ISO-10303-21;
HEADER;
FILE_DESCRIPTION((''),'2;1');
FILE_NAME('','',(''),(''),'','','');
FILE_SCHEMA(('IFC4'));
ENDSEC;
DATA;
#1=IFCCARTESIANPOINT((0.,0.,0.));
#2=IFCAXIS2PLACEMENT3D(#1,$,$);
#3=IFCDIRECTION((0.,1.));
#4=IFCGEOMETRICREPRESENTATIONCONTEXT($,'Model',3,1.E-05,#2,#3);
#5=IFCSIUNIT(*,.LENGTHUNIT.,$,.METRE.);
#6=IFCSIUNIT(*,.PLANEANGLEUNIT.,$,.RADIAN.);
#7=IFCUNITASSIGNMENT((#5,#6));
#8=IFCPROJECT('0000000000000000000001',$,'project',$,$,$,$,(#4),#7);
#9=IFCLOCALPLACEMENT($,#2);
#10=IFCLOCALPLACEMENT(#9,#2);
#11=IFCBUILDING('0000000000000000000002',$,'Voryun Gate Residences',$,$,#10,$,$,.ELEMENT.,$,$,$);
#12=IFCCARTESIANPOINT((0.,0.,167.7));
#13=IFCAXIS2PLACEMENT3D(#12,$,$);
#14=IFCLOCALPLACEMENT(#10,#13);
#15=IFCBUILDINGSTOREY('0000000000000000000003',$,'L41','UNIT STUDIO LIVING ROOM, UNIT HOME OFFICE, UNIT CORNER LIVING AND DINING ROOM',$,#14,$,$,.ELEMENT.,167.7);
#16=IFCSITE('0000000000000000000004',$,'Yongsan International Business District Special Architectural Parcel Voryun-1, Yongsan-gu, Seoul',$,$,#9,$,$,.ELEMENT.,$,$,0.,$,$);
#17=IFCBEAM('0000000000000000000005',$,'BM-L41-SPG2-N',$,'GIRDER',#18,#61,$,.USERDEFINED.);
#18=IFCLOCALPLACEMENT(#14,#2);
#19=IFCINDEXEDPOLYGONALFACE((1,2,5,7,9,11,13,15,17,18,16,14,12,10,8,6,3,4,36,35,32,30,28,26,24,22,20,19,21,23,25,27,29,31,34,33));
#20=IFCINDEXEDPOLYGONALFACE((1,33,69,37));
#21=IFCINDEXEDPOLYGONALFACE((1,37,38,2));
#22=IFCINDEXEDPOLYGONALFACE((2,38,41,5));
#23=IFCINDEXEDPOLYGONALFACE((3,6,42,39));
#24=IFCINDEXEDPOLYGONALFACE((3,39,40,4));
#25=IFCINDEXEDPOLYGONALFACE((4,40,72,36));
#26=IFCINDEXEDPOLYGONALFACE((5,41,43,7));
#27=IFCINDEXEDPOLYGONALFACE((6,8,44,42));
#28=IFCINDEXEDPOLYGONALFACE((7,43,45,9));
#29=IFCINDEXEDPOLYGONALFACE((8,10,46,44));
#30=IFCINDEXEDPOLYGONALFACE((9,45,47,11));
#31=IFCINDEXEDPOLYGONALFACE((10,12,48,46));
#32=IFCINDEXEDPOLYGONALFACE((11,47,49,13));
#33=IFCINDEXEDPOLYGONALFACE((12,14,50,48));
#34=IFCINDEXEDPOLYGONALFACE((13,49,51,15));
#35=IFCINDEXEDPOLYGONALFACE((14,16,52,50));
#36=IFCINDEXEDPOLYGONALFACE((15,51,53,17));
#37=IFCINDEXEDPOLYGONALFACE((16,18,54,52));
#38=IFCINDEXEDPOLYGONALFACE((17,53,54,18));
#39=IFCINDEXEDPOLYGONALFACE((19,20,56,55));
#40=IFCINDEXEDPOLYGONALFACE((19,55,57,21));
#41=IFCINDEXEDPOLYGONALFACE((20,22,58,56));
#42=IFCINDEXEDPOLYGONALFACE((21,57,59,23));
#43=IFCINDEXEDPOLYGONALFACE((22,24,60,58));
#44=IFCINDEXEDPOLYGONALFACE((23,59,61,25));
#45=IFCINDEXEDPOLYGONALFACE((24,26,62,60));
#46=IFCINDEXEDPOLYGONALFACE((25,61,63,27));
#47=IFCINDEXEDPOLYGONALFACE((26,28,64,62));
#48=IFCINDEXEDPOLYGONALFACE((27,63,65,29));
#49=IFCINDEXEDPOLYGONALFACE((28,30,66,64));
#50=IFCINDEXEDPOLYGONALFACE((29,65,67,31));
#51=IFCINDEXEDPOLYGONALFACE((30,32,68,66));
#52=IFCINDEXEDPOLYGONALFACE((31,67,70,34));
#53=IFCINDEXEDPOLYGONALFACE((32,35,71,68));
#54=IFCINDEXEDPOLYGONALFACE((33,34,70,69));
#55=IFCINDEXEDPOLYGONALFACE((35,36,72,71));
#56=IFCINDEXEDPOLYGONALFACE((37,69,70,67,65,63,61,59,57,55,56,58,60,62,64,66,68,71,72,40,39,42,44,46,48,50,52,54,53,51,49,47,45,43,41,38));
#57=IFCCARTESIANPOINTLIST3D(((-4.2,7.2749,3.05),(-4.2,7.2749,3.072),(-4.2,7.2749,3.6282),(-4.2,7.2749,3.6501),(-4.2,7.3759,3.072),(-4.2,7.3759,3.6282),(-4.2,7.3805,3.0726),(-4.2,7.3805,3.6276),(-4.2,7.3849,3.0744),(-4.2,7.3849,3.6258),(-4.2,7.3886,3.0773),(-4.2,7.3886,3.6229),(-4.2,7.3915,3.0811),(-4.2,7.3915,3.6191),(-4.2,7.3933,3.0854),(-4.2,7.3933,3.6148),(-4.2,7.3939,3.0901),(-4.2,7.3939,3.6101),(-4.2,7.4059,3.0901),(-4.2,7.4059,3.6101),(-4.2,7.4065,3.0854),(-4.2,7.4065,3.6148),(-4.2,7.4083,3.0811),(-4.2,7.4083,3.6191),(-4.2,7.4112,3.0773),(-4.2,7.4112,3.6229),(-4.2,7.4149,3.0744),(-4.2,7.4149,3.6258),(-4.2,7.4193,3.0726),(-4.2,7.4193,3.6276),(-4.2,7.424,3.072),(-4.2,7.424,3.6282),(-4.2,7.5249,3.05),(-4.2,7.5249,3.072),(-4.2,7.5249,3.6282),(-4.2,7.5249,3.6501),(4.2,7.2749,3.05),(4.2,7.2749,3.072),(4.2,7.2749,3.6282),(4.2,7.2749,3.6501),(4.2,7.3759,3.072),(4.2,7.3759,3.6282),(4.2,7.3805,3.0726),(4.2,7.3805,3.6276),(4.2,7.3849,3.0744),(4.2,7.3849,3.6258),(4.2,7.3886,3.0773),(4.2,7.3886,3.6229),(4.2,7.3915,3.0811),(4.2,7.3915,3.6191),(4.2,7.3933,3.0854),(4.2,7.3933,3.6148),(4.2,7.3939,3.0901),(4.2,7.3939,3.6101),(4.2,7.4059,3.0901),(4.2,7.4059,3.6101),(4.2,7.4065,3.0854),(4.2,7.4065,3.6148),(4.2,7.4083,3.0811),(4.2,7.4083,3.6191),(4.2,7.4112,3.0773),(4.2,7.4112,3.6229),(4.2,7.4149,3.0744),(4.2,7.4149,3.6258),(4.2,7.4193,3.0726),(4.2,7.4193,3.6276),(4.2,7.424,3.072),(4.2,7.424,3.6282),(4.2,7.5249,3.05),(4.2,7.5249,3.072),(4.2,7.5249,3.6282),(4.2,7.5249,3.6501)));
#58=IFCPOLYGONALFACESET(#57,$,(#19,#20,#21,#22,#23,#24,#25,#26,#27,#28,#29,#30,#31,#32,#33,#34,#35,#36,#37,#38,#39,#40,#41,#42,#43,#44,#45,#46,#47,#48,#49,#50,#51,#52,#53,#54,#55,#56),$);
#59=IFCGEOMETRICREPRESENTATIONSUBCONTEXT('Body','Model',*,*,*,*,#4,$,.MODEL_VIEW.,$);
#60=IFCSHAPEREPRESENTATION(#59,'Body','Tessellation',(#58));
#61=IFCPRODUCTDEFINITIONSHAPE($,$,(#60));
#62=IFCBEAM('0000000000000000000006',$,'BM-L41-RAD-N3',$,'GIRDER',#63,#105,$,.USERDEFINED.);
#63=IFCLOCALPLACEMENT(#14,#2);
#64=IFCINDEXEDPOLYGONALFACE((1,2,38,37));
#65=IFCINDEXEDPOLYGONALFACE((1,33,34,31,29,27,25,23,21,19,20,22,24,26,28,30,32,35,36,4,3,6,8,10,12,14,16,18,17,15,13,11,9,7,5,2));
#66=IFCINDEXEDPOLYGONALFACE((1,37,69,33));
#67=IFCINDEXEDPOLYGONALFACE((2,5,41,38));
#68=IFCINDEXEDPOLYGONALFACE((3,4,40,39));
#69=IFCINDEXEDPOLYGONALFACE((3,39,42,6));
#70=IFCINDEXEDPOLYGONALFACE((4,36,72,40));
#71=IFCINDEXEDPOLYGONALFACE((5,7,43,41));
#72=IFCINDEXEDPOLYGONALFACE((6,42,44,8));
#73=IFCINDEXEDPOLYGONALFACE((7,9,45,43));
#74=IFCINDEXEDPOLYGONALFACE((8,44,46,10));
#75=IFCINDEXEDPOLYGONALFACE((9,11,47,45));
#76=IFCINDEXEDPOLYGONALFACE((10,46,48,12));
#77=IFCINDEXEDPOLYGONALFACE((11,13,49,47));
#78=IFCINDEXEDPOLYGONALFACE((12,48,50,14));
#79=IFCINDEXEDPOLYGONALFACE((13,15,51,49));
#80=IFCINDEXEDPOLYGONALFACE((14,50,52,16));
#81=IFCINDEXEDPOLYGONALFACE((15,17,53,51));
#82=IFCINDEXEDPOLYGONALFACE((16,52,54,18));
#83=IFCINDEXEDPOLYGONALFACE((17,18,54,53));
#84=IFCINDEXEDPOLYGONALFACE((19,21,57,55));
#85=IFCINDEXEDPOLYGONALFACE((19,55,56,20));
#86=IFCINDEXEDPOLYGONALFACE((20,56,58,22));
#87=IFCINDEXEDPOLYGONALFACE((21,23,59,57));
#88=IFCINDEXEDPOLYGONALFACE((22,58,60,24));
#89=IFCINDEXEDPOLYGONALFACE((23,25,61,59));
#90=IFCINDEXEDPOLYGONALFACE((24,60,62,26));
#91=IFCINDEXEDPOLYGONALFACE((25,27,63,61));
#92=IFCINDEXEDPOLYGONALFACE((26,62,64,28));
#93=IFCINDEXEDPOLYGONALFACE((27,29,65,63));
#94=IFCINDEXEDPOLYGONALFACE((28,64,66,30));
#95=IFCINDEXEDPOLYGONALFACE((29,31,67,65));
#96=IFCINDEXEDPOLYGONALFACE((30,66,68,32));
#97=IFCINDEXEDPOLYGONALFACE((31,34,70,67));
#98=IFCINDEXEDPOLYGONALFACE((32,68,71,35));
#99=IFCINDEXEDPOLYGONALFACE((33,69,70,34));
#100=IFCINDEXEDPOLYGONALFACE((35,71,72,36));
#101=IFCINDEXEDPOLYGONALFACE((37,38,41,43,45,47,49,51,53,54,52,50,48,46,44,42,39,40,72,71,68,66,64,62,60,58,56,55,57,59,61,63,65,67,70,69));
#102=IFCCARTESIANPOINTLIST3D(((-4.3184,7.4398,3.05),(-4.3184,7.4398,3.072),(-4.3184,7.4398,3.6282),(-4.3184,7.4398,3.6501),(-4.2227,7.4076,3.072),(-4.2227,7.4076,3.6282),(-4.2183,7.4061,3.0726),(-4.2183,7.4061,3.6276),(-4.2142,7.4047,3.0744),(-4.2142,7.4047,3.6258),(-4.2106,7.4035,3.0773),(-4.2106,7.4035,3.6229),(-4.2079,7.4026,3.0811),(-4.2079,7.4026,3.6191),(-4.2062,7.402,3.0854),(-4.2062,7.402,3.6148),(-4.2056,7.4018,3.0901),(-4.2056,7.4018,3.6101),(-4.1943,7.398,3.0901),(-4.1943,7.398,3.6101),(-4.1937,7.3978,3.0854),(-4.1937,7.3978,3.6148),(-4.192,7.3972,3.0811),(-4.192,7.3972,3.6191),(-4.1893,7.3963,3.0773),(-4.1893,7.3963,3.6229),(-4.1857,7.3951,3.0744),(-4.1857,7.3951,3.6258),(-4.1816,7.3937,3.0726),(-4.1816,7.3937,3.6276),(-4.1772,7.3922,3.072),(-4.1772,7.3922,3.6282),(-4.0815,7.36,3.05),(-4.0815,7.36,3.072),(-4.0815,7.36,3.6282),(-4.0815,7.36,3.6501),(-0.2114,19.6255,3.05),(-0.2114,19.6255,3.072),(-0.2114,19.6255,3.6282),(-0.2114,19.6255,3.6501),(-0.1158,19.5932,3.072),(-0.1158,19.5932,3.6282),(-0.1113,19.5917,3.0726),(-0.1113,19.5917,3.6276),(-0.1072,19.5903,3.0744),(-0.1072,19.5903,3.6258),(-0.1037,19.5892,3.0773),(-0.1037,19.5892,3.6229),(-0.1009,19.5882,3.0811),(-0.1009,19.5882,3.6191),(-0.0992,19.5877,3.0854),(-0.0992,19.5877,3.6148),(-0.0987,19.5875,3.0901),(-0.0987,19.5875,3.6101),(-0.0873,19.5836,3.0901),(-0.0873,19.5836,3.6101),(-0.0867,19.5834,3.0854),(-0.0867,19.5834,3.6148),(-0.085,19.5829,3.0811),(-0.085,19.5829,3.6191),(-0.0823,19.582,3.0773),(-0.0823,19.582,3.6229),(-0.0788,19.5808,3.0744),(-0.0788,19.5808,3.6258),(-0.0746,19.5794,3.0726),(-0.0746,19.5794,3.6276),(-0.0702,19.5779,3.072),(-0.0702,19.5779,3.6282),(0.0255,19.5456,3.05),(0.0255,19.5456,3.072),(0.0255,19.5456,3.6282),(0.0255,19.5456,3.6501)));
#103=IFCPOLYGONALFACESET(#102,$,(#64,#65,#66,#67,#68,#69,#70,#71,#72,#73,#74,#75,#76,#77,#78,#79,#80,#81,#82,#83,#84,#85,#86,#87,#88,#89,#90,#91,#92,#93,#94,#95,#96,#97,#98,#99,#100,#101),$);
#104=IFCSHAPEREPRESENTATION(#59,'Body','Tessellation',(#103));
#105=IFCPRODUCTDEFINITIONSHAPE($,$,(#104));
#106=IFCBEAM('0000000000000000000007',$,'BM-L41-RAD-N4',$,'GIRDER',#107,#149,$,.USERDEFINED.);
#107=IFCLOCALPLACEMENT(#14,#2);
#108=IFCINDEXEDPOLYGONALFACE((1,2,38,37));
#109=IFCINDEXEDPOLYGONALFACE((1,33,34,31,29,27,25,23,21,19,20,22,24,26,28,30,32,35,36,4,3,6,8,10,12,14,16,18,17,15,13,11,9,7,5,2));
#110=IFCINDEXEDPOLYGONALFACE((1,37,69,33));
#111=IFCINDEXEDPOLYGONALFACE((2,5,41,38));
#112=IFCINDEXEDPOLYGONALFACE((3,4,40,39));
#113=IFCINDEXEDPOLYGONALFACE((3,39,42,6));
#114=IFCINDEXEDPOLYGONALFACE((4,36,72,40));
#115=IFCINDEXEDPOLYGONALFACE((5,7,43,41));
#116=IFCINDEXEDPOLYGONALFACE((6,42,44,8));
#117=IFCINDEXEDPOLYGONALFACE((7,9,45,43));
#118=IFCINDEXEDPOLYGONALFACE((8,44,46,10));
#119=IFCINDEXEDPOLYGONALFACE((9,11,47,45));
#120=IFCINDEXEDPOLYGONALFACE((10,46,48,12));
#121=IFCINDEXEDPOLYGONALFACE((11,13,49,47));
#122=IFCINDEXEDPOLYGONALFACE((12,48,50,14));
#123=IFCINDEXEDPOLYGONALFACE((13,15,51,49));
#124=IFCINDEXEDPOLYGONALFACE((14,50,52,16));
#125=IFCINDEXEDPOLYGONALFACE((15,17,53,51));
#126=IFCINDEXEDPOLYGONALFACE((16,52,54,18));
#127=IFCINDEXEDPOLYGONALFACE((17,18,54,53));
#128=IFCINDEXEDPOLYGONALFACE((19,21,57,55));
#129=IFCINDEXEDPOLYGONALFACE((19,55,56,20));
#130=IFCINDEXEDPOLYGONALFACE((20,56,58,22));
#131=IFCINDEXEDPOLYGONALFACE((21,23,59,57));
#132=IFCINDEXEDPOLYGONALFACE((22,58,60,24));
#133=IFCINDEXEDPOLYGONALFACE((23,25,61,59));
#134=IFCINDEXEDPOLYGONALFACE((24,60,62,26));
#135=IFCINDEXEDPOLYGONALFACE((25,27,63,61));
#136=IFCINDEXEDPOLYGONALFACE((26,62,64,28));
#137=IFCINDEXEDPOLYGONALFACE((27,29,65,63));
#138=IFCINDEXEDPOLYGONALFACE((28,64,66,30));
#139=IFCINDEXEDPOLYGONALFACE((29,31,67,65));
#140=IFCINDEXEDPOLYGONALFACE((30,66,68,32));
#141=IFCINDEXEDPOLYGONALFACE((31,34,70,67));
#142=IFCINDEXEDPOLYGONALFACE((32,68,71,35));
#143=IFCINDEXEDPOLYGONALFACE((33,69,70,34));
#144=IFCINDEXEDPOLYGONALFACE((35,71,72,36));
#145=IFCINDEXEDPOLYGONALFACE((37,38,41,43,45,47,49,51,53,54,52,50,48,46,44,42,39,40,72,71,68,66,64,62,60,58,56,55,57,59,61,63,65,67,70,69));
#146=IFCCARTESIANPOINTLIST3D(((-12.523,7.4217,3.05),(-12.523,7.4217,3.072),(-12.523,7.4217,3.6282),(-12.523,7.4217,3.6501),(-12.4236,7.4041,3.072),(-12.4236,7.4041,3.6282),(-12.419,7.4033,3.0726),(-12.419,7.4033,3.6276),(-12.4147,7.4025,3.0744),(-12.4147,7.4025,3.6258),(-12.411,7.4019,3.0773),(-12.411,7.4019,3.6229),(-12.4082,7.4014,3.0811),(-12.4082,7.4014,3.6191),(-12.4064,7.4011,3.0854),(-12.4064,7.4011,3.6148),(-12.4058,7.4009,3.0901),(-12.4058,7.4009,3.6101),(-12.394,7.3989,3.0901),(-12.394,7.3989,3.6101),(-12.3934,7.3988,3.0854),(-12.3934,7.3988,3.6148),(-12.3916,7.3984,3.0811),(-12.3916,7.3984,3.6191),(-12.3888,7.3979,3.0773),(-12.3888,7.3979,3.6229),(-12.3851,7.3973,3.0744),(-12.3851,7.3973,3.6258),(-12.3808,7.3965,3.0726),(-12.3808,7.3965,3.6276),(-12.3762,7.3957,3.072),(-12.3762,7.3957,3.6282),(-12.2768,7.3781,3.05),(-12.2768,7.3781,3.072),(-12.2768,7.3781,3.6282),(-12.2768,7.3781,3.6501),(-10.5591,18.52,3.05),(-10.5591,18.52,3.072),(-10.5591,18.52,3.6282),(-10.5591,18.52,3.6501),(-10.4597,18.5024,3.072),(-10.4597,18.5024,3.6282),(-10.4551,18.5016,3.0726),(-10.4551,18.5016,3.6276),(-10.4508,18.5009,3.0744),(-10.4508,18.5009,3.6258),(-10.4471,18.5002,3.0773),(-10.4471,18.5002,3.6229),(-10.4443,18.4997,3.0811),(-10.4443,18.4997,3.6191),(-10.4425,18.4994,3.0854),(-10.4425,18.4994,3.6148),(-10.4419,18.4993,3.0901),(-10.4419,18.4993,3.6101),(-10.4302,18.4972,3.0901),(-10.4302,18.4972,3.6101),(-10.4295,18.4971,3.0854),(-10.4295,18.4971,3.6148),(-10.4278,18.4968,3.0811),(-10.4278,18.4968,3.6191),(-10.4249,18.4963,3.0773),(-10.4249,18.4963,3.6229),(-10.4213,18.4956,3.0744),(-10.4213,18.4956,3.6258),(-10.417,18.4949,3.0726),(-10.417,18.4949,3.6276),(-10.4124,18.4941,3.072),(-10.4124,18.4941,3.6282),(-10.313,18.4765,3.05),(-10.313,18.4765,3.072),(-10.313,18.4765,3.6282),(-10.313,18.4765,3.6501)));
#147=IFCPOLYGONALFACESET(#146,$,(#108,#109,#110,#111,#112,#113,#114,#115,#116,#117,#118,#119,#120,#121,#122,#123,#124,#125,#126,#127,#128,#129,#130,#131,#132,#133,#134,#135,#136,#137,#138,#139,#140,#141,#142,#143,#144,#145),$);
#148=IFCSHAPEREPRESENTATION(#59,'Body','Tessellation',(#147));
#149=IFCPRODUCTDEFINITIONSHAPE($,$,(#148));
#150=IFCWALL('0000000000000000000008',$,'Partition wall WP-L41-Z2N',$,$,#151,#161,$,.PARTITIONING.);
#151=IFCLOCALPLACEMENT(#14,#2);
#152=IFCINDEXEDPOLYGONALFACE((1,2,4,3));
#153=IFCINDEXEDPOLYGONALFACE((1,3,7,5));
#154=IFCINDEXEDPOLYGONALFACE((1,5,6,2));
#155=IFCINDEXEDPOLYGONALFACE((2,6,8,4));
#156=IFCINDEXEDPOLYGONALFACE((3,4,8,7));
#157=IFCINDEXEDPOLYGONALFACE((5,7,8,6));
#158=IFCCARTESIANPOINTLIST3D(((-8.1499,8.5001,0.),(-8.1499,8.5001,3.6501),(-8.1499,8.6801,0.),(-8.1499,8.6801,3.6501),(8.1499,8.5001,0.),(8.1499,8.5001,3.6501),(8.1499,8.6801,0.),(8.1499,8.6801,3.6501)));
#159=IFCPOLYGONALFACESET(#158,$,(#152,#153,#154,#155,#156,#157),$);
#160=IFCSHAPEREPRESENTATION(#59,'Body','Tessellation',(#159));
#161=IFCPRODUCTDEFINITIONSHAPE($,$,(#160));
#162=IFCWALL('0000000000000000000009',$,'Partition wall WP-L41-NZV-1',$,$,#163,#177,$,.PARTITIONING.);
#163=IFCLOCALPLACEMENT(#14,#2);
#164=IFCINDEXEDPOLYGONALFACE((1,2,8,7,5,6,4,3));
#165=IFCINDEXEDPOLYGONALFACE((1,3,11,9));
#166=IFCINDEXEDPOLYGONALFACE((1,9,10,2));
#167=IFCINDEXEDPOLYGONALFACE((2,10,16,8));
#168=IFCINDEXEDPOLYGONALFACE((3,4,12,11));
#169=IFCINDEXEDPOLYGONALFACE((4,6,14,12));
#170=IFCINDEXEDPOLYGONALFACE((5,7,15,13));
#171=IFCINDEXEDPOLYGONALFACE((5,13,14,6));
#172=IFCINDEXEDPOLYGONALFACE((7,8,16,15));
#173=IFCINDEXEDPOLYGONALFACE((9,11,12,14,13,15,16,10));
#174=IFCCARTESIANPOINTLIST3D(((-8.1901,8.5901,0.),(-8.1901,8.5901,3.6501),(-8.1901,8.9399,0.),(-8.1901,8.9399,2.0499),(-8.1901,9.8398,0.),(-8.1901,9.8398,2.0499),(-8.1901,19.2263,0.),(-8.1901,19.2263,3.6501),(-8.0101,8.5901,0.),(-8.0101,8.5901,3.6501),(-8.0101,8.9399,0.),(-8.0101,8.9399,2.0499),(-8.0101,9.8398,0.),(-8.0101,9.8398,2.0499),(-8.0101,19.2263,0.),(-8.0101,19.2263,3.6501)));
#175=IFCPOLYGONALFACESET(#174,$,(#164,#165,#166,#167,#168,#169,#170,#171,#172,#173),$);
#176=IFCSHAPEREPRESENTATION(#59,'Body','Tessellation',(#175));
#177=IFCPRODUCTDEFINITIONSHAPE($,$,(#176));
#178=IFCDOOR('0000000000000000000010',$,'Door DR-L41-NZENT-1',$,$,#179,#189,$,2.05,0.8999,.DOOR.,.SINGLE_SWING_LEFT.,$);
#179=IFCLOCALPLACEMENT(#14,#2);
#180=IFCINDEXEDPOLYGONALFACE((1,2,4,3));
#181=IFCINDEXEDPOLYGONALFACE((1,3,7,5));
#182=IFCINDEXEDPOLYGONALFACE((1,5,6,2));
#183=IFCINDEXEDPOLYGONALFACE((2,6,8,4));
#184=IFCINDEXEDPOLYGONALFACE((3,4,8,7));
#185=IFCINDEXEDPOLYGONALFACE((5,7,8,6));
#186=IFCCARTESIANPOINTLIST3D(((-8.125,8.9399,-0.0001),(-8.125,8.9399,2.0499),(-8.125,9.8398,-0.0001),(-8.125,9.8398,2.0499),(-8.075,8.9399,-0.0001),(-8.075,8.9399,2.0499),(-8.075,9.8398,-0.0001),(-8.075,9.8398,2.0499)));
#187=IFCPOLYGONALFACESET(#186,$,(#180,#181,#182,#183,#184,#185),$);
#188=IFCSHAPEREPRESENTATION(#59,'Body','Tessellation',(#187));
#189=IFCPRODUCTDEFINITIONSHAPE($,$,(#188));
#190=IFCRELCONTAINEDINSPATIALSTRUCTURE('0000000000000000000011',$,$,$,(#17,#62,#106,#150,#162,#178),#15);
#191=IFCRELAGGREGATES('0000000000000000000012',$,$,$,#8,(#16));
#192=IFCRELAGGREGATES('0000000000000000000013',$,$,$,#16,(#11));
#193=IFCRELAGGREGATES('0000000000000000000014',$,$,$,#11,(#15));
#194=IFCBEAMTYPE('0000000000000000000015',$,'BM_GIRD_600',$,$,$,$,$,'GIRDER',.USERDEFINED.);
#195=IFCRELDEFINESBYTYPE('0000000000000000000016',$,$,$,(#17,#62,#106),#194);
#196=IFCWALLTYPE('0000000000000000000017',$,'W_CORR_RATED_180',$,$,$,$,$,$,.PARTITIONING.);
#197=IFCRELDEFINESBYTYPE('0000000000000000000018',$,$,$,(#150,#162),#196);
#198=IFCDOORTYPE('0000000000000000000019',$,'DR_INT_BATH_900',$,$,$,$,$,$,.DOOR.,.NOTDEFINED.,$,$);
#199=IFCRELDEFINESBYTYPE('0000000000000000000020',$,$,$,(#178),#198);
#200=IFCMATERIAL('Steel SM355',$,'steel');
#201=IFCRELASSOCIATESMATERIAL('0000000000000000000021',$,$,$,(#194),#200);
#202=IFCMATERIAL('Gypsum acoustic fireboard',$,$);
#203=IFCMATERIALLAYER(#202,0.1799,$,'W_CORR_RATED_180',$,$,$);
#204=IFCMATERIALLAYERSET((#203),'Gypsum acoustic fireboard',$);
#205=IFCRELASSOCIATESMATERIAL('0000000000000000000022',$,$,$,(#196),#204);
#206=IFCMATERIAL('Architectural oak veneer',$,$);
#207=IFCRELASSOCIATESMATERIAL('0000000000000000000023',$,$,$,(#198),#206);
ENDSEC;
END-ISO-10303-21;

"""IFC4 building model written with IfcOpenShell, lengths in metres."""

from ifc_helpers import new_model, si_unit, direction, frame, frame_2d, origin, origin_2d, place, context, subcontext, project, spatial, rectangle, i_section, extrude, material, layer, layer_set, material_profile, profile_set, type_object, element, fill, save


model = new_model("IFC4")

# Units and contexts
model_context = context("Model", 3, precision=1e-05, world=origin(), true_north=direction((0.0, 1.0)))
body_context = subcontext(model_context, "Body", "Model", "MODEL_VIEW")
ifc_project = project(units=[si_unit("LENGTHUNIT", "METRE"), si_unit("PLANEANGLEUNIT", "RADIAN")], contexts=[model_context])

# Site, building, storey
site_placement = place(None, origin())
site = spatial("IfcSite", under=ifc_project, at=site_placement, Name="Yongsan International Business District Special Architectural Parcel Voryun-1, Yongsan-gu, Seoul", CompositionType="ELEMENT", RefElevation=0.0)
building_placement = place(site_placement, origin())
building = spatial("IfcBuilding", under=site, at=building_placement, Name="Voryun Gate Residences", CompositionType="ELEMENT")
storey_placement = place(building_placement, frame((0.0, 0.0, 167.7)))
storey = spatial("IfcBuildingStorey", under=building, at=storey_placement, Name="L41", Description="UNIT STUDIO LIVING ROOM, UNIT HOME OFFICE, UNIT CORNER LIVING AND DINING ROOM", CompositionType="ELEMENT", Elevation=167.7)

# Beams
ifc_material_1 = material(Name="Steel SM355", Category="steel")
ifc_material_profile_1 = material_profile(ifc_material_1, i_section(OverallWidth=0.25, OverallDepth=0.6001, WebThickness=0.012, FlangeThickness=0.022, FilletRadius=0.0181, at=origin_2d()), Name="H-600x250x12x22")
ifc_profile_set_1 = profile_set([ifc_material_profile_1], Name="Steel SM355")
beam_type_1 = type_object("IfcBeamType", Name="BM_GIRD_600", ElementType="GIRDER", PredefinedType="USERDEFINED", material=ifc_profile_set_1)
beam_1_placement = place(storey_placement, frame((-4.2, 7.3999, 3.3501), z_axis=(1.0, 0.0, 0.0), x_axis=(0.0, 1.0, 0.0)))
element("IfcBeam", 1, at=beam_1_placement, inside=storey, type_object=beam_type_1, Name="BM-L41-SPG2-N", ObjectType="GIRDER", PredefinedType="USERDEFINED", context=body_context, shape_type="SweptSolid", body=[
    extrude(i_section(OverallWidth=0.25, OverallDepth=0.6001, WebThickness=0.012, FlangeThickness=0.022, FilletRadius=0.0181, at=origin_2d()), origin(), (0.0, 0.0, 1.0), 8.3999),
])
beam_2_placement = place(storey_placement, frame((-4.2, 7.3999, 3.3501), z_axis=(0.319381, 0.947626, 0.0), x_axis=(-0.947626, 0.319381, 0.0)))
element("IfcBeam", 2, at=beam_2_placement, inside=storey, type_object=beam_type_1, Name="BM-L41-RAD-N3", ObjectType="GIRDER", PredefinedType="USERDEFINED", context=body_context, shape_type="SweptSolid", body=[
    extrude(i_section(OverallWidth=0.25, OverallDepth=0.6001, WebThickness=0.012, FlangeThickness=0.022, FilletRadius=0.0181, at=origin_2d()), origin(), (0.0, 0.0, 1.0), 12.8591),
])
beam_3_placement = place(storey_placement, frame((-12.3999, 7.3999, 3.3501), z_axis=(0.174244, 0.984703, 0.0), x_axis=(-0.984703, 0.174244, 0.0)))
element("IfcBeam", 3, at=beam_3_placement, inside=storey, type_object=beam_type_1, Name="BM-L41-RAD-N4", ObjectType="GIRDER", PredefinedType="USERDEFINED", context=body_context, shape_type="SweptSolid", body=[
    extrude(i_section(OverallWidth=0.25, OverallDepth=0.6001, WebThickness=0.012, FlangeThickness=0.022, FilletRadius=0.0181, at=origin_2d()), origin(), (0.0, 0.0, 1.0), 11.2708),
])

# Wall
ifc_material_2 = material(Name="Gypsum acoustic fireboard")
ifc_layer_1 = layer(ifc_material_2, 0.1799, Name="W_CORR_RATED_180")
ifc_layer_set_1 = layer_set([ifc_layer_1], Name="Gypsum acoustic fireboard")
wall_type_1 = type_object("IfcWallType", Name="W_CORR_RATED_180", PredefinedType="PARTITIONING", material=ifc_layer_set_1)
wall_1_placement = place(storey_placement, frame((-8.1499, 8.5901, 0.0), z_axis=(0.0, 0.0, 1.0), x_axis=(1.0, 0.0, 0.0)))
element("IfcWall", 4, at=wall_1_placement, inside=storey, type_object=wall_type_1, Name="Partition wall WP-L41-Z2N", PredefinedType="PARTITIONING", context=body_context, shape_type="SweptSolid", body=[
    extrude(rectangle(XDim=16.2998, YDim=0.1799, at=frame_2d((8.1499, 0.0))), origin(), (0.0, 0.0, 1.0), 3.6501),
])

# Wall, opening, door
wall_2_placement = place(storey_placement, frame((-8.1001, 8.5901, 0.0), z_axis=(0.0, 0.0, 1.0), x_axis=(0.0, 1.0, 0.0)))
wall_2 = element("IfcWall", 5, at=wall_2_placement, inside=storey, type_object=wall_type_1, Name="Partition wall WP-L41-NZV-1", PredefinedType="PARTITIONING", context=body_context, shape_type="SweptSolid", body=[
    extrude(rectangle(XDim=10.6362, YDim=0.1799, at=frame_2d((5.3181, 0.0))), origin(), (0.0, 0.0, 1.0), 3.6501),
])
opening_1_placement = place(wall_2_placement, frame((0.3499, 0.0, 0.0)))
opening_1 = element("IfcOpeningElement", 6, at=opening_1_placement, cuts=wall_2, PredefinedType="OPENING", context=body_context, shape_type="SweptSolid", body=[
    extrude(rectangle(XDim=0.8999, YDim=2.05, at=frame_2d((0.45, 1.0249))), frame((0.0, 0.0999, 0.0), z_axis=(0.0, -1.0, 0.0), x_axis=(1.0, 0.0, 0.0)), (0.0, 0.0, 1.0), 0.2),
])
ifc_material_3 = material(Name="Architectural oak veneer")
door_type = type_object("IfcDoorType", Name="DR_INT_BATH_900", OperationType="NOTDEFINED", PredefinedType="DOOR", material=ifc_material_3)
door_1_placement = place(opening_1_placement, origin())
door_1 = element("IfcDoor", 7, at=door_1_placement, inside=storey, type_object=door_type, Name="Door DR-L41-NZENT-1", OperationType="SINGLE_SWING_LEFT", OverallHeight=2.05, OverallWidth=0.8999, PredefinedType="DOOR", context=body_context, shape_type="SweptSolid", body=[
    extrude(rectangle(XDim=0.8999, YDim=2.05, at=frame_2d((0.45, 1.0249))), frame((0.0, 0.0249, 0.0), z_axis=(0.0, -1.0, 0.0), x_axis=(1.0, 0.0, 0.0)), (0.0, 0.0, 1.0), 0.05),
])
fill(opening_1, door_1)

save(model, "model.ifc")
